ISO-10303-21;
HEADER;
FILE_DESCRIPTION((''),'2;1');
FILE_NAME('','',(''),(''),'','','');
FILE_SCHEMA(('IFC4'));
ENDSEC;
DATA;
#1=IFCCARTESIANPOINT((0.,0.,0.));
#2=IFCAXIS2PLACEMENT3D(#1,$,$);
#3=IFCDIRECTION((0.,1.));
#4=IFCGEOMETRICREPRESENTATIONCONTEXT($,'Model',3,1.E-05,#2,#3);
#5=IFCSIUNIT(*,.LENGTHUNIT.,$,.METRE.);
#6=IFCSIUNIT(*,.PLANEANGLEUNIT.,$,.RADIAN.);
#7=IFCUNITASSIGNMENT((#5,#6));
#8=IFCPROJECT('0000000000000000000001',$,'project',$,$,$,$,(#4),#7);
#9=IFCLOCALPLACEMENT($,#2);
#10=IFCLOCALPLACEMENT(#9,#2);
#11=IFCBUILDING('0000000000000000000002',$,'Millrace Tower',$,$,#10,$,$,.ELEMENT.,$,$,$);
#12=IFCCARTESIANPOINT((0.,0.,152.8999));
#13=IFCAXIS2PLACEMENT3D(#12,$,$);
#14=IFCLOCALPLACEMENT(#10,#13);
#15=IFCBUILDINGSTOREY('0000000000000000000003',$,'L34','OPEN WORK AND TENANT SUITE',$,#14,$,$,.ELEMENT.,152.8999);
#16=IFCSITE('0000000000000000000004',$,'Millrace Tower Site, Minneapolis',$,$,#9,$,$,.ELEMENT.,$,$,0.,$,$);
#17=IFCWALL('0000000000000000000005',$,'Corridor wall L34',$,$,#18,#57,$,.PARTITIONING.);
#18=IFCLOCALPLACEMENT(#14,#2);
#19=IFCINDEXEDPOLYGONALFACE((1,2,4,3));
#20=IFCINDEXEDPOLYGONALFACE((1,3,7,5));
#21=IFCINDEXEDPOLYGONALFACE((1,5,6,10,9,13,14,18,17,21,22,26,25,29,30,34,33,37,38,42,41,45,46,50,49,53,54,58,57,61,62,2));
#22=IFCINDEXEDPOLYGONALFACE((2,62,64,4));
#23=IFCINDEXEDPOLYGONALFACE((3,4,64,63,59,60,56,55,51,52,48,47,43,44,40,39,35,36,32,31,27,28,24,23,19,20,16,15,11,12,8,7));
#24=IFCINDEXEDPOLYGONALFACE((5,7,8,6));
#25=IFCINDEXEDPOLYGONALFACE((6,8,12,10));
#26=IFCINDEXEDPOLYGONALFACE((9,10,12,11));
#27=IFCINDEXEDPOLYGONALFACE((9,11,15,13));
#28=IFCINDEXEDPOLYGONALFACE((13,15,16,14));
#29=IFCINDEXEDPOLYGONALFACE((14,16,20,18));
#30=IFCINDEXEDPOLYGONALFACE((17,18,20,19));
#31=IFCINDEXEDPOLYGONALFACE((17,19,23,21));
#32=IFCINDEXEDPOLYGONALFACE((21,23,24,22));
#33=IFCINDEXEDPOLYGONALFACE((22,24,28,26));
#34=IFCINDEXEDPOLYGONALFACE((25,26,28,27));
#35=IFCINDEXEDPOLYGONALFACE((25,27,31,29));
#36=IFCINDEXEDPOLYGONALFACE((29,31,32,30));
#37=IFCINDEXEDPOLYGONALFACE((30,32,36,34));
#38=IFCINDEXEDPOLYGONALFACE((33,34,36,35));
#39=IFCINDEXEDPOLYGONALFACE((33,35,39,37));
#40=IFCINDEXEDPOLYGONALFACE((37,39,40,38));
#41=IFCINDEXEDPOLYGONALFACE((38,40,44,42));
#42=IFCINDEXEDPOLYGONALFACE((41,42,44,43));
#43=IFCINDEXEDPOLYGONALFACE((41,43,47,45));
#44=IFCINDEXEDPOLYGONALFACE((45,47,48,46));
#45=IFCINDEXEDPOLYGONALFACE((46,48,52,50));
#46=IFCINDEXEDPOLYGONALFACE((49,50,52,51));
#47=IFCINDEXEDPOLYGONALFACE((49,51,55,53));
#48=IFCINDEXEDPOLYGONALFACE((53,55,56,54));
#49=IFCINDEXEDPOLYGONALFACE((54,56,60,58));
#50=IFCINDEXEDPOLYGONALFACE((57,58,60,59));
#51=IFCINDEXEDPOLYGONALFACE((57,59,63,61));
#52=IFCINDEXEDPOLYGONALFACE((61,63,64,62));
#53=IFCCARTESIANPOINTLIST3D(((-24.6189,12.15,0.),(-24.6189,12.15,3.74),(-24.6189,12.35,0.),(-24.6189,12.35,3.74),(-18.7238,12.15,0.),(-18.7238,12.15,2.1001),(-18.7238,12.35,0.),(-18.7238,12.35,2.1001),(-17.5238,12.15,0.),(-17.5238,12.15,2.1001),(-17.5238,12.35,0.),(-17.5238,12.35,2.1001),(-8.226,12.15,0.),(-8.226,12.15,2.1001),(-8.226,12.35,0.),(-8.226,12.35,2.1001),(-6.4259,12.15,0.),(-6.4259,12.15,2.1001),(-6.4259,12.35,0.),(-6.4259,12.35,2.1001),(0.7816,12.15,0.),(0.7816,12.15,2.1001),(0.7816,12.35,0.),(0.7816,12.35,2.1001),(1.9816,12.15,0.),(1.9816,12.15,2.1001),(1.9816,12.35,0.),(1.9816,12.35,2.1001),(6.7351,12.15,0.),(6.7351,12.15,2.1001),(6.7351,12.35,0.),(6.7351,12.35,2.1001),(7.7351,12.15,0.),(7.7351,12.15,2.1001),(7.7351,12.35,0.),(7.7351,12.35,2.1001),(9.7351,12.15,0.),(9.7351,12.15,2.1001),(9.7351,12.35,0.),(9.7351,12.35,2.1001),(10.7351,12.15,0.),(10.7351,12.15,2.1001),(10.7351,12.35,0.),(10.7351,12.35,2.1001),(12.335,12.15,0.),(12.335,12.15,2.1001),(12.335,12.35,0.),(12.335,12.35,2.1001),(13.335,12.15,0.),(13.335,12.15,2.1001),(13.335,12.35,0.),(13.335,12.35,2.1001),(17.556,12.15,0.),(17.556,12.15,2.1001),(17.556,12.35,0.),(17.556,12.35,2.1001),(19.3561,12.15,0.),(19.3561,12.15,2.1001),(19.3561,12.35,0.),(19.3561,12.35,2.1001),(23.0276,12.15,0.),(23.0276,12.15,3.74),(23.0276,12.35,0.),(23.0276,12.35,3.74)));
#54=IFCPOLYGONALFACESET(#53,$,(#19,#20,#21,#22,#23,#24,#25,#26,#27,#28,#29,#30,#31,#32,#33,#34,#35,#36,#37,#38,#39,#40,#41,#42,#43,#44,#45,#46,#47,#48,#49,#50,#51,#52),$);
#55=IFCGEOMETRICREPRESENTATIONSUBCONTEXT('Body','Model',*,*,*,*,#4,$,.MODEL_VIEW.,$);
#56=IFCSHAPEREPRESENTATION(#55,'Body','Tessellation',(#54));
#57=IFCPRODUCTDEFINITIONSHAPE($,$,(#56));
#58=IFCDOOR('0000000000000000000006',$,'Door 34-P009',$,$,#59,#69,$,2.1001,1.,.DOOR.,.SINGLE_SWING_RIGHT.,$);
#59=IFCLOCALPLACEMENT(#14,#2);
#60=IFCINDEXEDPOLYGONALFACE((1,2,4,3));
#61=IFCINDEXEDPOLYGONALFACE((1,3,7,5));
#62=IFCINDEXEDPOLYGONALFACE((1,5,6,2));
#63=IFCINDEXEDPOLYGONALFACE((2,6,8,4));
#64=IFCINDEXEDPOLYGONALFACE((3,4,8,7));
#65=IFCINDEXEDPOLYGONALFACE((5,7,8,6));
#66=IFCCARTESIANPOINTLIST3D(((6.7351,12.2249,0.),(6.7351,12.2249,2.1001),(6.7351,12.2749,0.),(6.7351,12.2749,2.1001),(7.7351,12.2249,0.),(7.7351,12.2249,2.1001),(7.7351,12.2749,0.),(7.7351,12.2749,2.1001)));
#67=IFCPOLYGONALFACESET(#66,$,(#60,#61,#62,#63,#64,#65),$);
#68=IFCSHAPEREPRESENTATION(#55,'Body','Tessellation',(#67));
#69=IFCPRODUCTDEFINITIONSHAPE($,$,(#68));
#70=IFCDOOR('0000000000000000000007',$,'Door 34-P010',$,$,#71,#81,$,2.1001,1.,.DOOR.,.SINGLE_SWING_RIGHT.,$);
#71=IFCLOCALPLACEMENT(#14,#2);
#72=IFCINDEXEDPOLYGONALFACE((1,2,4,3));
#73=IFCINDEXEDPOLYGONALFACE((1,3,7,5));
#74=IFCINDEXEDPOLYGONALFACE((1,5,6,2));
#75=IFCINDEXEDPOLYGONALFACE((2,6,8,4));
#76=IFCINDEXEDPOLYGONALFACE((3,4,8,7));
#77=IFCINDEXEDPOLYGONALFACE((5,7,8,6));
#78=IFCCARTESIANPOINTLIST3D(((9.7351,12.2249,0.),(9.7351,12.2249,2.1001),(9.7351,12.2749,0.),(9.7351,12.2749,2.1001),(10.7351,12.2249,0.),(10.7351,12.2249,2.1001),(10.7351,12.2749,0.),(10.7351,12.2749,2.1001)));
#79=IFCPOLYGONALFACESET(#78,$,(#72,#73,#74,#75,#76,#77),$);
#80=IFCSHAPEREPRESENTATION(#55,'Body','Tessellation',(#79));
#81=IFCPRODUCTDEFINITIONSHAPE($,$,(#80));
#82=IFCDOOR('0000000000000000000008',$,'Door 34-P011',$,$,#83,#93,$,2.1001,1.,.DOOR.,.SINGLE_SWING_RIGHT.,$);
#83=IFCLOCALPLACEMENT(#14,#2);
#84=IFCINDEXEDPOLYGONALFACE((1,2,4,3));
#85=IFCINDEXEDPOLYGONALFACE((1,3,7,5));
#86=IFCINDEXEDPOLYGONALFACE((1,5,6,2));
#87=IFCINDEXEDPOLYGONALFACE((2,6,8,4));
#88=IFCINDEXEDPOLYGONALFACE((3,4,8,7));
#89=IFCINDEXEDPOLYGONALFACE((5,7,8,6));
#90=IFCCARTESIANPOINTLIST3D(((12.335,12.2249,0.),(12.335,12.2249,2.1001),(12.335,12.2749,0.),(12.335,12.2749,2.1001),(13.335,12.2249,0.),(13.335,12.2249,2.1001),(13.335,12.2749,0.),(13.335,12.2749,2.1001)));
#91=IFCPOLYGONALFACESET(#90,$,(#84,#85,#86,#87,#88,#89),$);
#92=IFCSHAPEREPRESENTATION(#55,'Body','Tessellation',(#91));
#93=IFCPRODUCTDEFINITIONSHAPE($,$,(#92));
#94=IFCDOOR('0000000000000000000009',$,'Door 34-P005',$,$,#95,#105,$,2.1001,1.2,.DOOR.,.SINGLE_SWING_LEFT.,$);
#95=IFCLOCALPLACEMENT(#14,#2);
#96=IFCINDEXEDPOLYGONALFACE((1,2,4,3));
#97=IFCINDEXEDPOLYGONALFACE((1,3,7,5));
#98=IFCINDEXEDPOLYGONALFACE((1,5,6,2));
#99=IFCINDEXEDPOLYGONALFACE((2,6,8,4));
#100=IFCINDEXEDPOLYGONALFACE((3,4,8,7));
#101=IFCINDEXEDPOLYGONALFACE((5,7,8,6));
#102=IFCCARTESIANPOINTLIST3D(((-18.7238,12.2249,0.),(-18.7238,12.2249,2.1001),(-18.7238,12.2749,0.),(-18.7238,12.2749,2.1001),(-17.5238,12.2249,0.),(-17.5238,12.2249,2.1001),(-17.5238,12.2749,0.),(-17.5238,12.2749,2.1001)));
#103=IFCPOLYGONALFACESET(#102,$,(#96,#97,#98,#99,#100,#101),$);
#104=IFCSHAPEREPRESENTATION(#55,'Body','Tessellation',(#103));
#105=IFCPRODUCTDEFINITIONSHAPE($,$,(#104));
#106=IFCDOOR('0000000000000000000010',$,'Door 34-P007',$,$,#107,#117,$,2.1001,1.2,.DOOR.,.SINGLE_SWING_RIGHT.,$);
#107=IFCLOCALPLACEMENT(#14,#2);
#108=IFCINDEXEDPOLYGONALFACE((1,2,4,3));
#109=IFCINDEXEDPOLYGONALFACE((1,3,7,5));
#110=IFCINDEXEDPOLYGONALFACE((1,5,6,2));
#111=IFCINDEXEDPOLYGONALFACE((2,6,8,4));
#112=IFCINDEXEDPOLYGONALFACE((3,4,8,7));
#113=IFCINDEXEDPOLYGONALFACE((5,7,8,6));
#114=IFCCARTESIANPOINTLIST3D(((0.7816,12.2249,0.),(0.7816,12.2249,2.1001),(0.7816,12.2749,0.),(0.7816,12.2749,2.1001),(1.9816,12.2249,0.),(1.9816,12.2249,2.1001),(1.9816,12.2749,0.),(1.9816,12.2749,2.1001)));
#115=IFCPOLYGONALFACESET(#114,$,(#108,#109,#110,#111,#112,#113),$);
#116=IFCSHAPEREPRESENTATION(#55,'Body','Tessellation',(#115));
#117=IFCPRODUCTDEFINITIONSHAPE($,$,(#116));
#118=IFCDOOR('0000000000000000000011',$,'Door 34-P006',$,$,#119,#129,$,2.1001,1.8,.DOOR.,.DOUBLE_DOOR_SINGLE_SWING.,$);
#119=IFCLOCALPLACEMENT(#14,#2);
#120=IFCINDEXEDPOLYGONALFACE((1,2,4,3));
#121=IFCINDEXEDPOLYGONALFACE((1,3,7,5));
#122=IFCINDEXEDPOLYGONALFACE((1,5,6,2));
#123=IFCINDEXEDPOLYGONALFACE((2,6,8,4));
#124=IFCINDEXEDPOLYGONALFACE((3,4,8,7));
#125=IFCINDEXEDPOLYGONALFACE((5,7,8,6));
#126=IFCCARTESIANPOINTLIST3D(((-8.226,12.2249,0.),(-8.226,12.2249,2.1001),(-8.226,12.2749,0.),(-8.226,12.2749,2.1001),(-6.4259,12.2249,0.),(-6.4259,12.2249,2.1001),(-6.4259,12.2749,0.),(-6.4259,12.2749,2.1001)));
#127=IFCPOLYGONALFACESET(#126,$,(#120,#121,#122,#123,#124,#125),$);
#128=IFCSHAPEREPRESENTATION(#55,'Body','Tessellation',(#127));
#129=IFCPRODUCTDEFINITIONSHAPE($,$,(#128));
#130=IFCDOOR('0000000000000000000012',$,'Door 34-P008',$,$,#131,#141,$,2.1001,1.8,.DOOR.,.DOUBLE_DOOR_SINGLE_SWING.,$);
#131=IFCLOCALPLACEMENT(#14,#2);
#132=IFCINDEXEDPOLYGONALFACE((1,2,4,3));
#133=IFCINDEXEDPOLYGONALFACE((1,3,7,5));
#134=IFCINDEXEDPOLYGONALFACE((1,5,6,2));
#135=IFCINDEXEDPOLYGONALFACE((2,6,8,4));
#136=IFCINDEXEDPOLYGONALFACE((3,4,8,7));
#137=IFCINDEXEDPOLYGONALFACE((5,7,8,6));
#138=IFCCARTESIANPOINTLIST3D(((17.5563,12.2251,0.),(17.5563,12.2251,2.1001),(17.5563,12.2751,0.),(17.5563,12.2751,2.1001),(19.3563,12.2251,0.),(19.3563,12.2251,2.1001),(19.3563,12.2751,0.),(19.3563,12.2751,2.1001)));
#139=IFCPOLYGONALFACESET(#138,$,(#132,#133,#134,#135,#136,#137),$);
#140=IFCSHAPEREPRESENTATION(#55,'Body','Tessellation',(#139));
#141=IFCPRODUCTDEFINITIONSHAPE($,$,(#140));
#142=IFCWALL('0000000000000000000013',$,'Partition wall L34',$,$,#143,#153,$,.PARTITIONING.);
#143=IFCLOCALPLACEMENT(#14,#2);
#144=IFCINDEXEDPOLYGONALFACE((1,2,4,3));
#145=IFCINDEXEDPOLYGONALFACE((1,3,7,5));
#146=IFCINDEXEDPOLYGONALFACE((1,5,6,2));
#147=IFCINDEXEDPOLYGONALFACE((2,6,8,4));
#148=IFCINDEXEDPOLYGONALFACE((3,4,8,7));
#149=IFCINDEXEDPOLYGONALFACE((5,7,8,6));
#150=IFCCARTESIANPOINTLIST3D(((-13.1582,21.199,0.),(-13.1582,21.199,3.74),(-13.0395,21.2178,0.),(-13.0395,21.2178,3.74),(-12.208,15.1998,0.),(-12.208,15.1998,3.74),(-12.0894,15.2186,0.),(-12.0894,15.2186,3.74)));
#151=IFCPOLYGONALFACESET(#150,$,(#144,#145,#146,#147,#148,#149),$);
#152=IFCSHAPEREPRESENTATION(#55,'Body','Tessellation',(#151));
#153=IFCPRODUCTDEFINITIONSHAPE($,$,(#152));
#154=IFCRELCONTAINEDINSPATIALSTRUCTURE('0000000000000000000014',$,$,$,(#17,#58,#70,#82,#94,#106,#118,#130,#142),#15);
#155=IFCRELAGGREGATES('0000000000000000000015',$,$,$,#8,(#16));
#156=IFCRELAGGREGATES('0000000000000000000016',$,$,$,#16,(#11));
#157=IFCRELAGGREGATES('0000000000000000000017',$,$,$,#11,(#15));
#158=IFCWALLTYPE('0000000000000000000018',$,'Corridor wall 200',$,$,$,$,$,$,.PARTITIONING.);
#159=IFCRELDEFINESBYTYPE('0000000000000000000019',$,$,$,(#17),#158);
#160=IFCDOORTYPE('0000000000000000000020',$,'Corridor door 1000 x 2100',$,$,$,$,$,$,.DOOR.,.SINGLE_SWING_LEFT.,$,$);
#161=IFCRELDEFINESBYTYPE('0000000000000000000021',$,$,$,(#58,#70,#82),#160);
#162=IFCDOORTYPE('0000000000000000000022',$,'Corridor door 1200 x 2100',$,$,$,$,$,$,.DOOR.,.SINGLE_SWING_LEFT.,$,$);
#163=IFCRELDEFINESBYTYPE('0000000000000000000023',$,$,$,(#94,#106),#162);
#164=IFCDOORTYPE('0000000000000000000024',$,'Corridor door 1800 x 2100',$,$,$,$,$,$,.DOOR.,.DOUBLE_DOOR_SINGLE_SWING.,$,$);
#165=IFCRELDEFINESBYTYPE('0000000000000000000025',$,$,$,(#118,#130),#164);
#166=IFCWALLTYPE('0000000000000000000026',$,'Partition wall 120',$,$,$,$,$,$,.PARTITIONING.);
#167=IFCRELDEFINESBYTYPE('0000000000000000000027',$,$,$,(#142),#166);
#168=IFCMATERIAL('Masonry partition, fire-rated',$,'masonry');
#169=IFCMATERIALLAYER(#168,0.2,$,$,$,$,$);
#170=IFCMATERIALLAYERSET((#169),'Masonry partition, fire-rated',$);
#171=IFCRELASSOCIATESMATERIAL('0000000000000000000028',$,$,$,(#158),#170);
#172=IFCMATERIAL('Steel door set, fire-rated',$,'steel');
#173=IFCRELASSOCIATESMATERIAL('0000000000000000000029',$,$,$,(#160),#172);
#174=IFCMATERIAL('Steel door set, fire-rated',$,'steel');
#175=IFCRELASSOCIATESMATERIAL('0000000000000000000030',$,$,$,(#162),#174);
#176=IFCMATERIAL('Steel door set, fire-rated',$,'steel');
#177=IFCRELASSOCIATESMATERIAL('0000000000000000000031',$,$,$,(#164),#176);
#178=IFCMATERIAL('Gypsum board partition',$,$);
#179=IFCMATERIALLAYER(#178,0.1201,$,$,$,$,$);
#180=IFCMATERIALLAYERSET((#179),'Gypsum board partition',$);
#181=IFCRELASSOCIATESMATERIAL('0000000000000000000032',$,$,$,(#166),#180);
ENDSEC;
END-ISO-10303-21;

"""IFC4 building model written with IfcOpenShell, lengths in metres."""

from ifc_helpers import new_model, si_unit, direction, frame, frame_2d, origin, place, context, subcontext, project, spatial, rectangle, extrude, material, layer, layer_set, type_object, element, fill, save


model = new_model("IFC4")

# Units and contexts
model_context = context("Model", 3, precision=1e-05, world=origin(), true_north=direction((0.0, 1.0)))
body_context = subcontext(model_context, "Body", "Model", "MODEL_VIEW")
ifc_project = project(units=[si_unit("LENGTHUNIT", "METRE"), si_unit("PLANEANGLEUNIT", "RADIAN")], contexts=[model_context])

# Site, building, storey
site_placement = place(None, origin())
site = spatial("IfcSite", under=ifc_project, at=site_placement, Name="Millrace Tower Site, Minneapolis", CompositionType="ELEMENT", RefElevation=0.0)
building_placement = place(site_placement, origin())
building = spatial("IfcBuilding", under=site, at=building_placement, Name="Millrace Tower", CompositionType="ELEMENT")
storey_placement = place(building_placement, frame((0.0, 0.0, 152.8999)))
storey = spatial("IfcBuildingStorey", under=building, at=storey_placement, Name="L34", Description="OPEN WORK AND TENANT SUITE", CompositionType="ELEMENT", Elevation=152.8999)

# Wall, openings, doors
ifc_material_1 = material(Name="Masonry partition, fire-rated", Category="masonry")
ifc_layer_1 = layer(ifc_material_1, 0.2)
ifc_layer_set_1 = layer_set([ifc_layer_1], Name="Masonry partition, fire-rated")
wall_type_1 = type_object("IfcWallType", Name="Corridor wall 200", PredefinedType="PARTITIONING", material=ifc_layer_set_1)
wall_1_placement = place(storey_placement, frame((-24.6189, 12.25, 0.0), z_axis=(0.0, 0.0, 1.0), x_axis=(1.0, 0.0, 0.0)))
wall_1 = element("IfcWall", 1, at=wall_1_placement, inside=storey, type_object=wall_type_1, Name="Corridor wall L34", PredefinedType="PARTITIONING", context=body_context, shape_type="SweptSolid", body=[
    extrude(rectangle(XDim=47.6465, YDim=0.2, at=frame_2d((23.8232, 0.0))), origin(), (0.0, 0.0, 1.0), 3.74),
])
opening_1_placement = place(wall_1_placement, frame((5.895, 0.0, 0.0)))
opening_1 = element("IfcOpeningElement", 2, at=opening_1_placement, cuts=wall_1, PredefinedType="OPENING", context=body_context, shape_type="SweptSolid", body=[
    extrude(rectangle(XDim=1.2, YDim=2.1001, at=frame_2d((0.6001, 1.05))), frame((0.0, 0.1099, 0.0), z_axis=(0.0, -1.0, 0.0), x_axis=(1.0, 0.0, 0.0)), (0.0, 0.0, 1.0), 0.22),
])
opening_2_placement = place(wall_1_placement, frame((16.3931, 0.0, 0.0)))
opening_2 = element("IfcOpeningElement", 3, at=opening_2_placement, cuts=wall_1, PredefinedType="OPENING", context=body_context, shape_type="SweptSolid", body=[
    extrude(rectangle(XDim=1.8, YDim=2.1001, at=frame_2d((0.8999, 1.05))), frame((0.0, 0.1099, 0.0), z_axis=(0.0, -1.0, 0.0), x_axis=(1.0, 0.0, 0.0)), (0.0, 0.0, 1.0), 0.22),
])
opening_3_placement = place(wall_1_placement, frame((25.4004, 0.0, 0.0)))
opening_3 = element("IfcOpeningElement", 4, at=opening_3_placement, cuts=wall_1, PredefinedType="OPENING", context=body_context, shape_type="SweptSolid", body=[
    extrude(rectangle(XDim=1.2, YDim=2.1001, at=frame_2d((0.6001, 1.05))), frame((0.0, 0.1099, 0.0), z_axis=(0.0, -1.0, 0.0), x_axis=(1.0, 0.0, 0.0)), (0.0, 0.0, 1.0), 0.22),
])
opening_4_placement = place(wall_1_placement, frame((42.175, 0.0, 0.0)))
opening_4 = element("IfcOpeningElement", 5, at=opening_4_placement, cuts=wall_1, PredefinedType="OPENING", context=body_context, shape_type="SweptSolid", body=[
    extrude(rectangle(XDim=1.8, YDim=2.1001, at=frame_2d((0.8999, 1.05))), frame((0.0, 0.1099, 0.0), z_axis=(0.0, -1.0, 0.0), x_axis=(1.0, 0.0, 0.0)), (0.0, 0.0, 1.0), 0.22),
])
opening_5_placement = place(wall_1_placement, frame((31.354, 0.0, 0.0)))
opening_5 = element("IfcOpeningElement", 6, at=opening_5_placement, cuts=wall_1, PredefinedType="OPENING", context=body_context, shape_type="SweptSolid", body=[
    extrude(rectangle(XDim=1.0, YDim=2.1001, at=frame_2d((0.5, 1.05))), frame((0.0, 0.1099, 0.0), z_axis=(0.0, -1.0, 0.0), x_axis=(1.0, 0.0, 0.0)), (0.0, 0.0, 1.0), 0.22),
])
opening_6_placement = place(wall_1_placement, frame((34.354, 0.0, 0.0)))
opening_6 = element("IfcOpeningElement", 7, at=opening_6_placement, cuts=wall_1, PredefinedType="OPENING", context=body_context, shape_type="SweptSolid", body=[
    extrude(rectangle(XDim=1.0, YDim=2.1001, at=frame_2d((0.5, 1.05))), frame((0.0, 0.1099, 0.0), z_axis=(0.0, -1.0, 0.0), x_axis=(1.0, 0.0, 0.0)), (0.0, 0.0, 1.0), 0.22),
])
opening_7_placement = place(wall_1_placement, frame((36.9539, 0.0, 0.0)))
opening_7 = element("IfcOpeningElement", 8, at=opening_7_placement, cuts=wall_1, PredefinedType="OPENING", context=body_context, shape_type="SweptSolid", body=[
    extrude(rectangle(XDim=1.0, YDim=2.1001, at=frame_2d((0.5, 1.05))), frame((0.0, 0.1099, 0.0), z_axis=(0.0, -1.0, 0.0), x_axis=(1.0, 0.0, 0.0)), (0.0, 0.0, 1.0), 0.22),
])
ifc_material_2 = material(Name="Steel door set, fire-rated", Category="steel")
door_type_1 = type_object("IfcDoorType", Name="Corridor door 1000 x 2100", OperationType="SINGLE_SWING_LEFT", PredefinedType="DOOR", material=ifc_material_2)
door_1_placement = place(opening_5_placement, origin())
door_1 = element("IfcDoor", 9, at=door_1_placement, inside=storey, type_object=door_type_1, Name="Door 34-P009", OperationType="SINGLE_SWING_RIGHT", OverallHeight=2.1001, OverallWidth=1.0, PredefinedType="DOOR", context=body_context, shape_type="SweptSolid", body=[
    extrude(rectangle(XDim=1.0, YDim=2.1001, at=frame_2d((0.5, 1.05))), frame((0.0, 0.0249, 0.0), z_axis=(0.0, -1.0, 0.0), x_axis=(1.0, 0.0, 0.0)), (0.0, 0.0, 1.0), 0.05),
])
fill(opening_5, door_1)
door_2_placement = place(opening_6_placement, origin())
door_2 = element("IfcDoor", 10, at=door_2_placement, inside=storey, type_object=door_type_1, Name="Door 34-P010", OperationType="SINGLE_SWING_RIGHT", OverallHeight=2.1001, OverallWidth=1.0, PredefinedType="DOOR", context=body_context, shape_type="SweptSolid", body=[
    extrude(rectangle(XDim=1.0, YDim=2.1001, at=frame_2d((0.5, 1.05))), frame((0.0, 0.0249, 0.0), z_axis=(0.0, -1.0, 0.0), x_axis=(1.0, 0.0, 0.0)), (0.0, 0.0, 1.0), 0.05),
])
fill(opening_6, door_2)
door_3_placement = place(opening_7_placement, origin())
door_3 = element("IfcDoor", 11, at=door_3_placement, inside=storey, type_object=door_type_1, Name="Door 34-P011", OperationType="SINGLE_SWING_RIGHT", OverallHeight=2.1001, OverallWidth=1.0, PredefinedType="DOOR", context=body_context, shape_type="SweptSolid", body=[
    extrude(rectangle(XDim=1.0, YDim=2.1001, at=frame_2d((0.5, 1.05))), frame((0.0, 0.0249, 0.0), z_axis=(0.0, -1.0, 0.0), x_axis=(1.0, 0.0, 0.0)), (0.0, 0.0, 1.0), 0.05),
])
fill(opening_7, door_3)
ifc_material_3 = material(Name="Steel door set, fire-rated", Category="steel")
door_type_2 = type_object("IfcDoorType", Name="Corridor door 1200 x 2100", OperationType="SINGLE_SWING_LEFT", PredefinedType="DOOR", material=ifc_material_3)
door_4_placement = place(opening_1_placement, origin())
door_4 = element("IfcDoor", 12, at=door_4_placement, inside=storey, type_object=door_type_2, Name="Door 34-P005", OperationType="SINGLE_SWING_LEFT", OverallHeight=2.1001, OverallWidth=1.2, PredefinedType="DOOR", context=body_context, shape_type="SweptSolid", body=[
    extrude(rectangle(XDim=1.2, YDim=2.1001, at=frame_2d((0.6001, 1.05))), frame((0.0, 0.0249, 0.0), z_axis=(0.0, -1.0, 0.0), x_axis=(1.0, 0.0, 0.0)), (0.0, 0.0, 1.0), 0.05),
])
fill(opening_1, door_4)
door_5_placement = place(opening_3_placement, origin())
door_5 = element("IfcDoor", 13, at=door_5_placement, inside=storey, type_object=door_type_2, Name="Door 34-P007", OperationType="SINGLE_SWING_RIGHT", OverallHeight=2.1001, OverallWidth=1.2, PredefinedType="DOOR", context=body_context, shape_type="SweptSolid", body=[
    extrude(rectangle(XDim=1.2, YDim=2.1001, at=frame_2d((0.6001, 1.05))), frame((0.0, 0.0249, 0.0), z_axis=(0.0, -1.0, 0.0), x_axis=(1.0, 0.0, 0.0)), (0.0, 0.0, 1.0), 0.05),
])
fill(opening_3, door_5)
ifc_material_4 = material(Name="Steel door set, fire-rated", Category="steel")
door_type_3 = type_object("IfcDoorType", Name="Corridor door 1800 x 2100", OperationType="DOUBLE_DOOR_SINGLE_SWING", PredefinedType="DOOR", material=ifc_material_4)
door_6_placement = place(opening_2_placement, origin())
door_6 = element("IfcDoor", 14, at=door_6_placement, inside=storey, type_object=door_type_3, Name="Door 34-P006", OperationType="DOUBLE_DOOR_SINGLE_SWING", OverallHeight=2.1001, OverallWidth=1.8, PredefinedType="DOOR", context=body_context, shape_type="SweptSolid", body=[
    extrude(rectangle(XDim=1.8, YDim=2.1001, at=frame_2d((0.8999, 1.05))), frame((0.0, 0.0249, 0.0), z_axis=(0.0, -1.0, 0.0), x_axis=(1.0, 0.0, 0.0)), (0.0, 0.0, 1.0), 0.05),
])
fill(opening_2, door_6)
door_7_placement = place(opening_4_placement, frame((1.8, 0.0, 0.0), z_axis=(0.0, 0.0, 1.0), x_axis=(-1.0, 0.0, 0.0)))
door_7 = element("IfcDoor", 15, at=door_7_placement, inside=storey, type_object=door_type_3, Name="Door 34-P008", OperationType="DOUBLE_DOOR_SINGLE_SWING", OverallHeight=2.1001, OverallWidth=1.8, PredefinedType="DOOR", context=body_context, shape_type="SweptSolid", body=[
    extrude(rectangle(XDim=1.8, YDim=2.1001, at=frame_2d((0.8999, 1.05))), frame((0.0, 0.0249, 0.0), z_axis=(0.0, -1.0, 0.0), x_axis=(1.0, 0.0, 0.0)), (0.0, 0.0, 1.0), 0.05),
])
fill(opening_4, door_7)

# Wall
ifc_material_5 = material(Name="Gypsum board partition")
ifc_layer_2 = layer(ifc_material_5, 0.1201)
ifc_layer_set_2 = layer_set([ifc_layer_2], Name="Gypsum board partition")
wall_type_2 = type_object("IfcWallType", Name="Partition wall 120", PredefinedType="PARTITIONING", material=ifc_layer_set_2)
wall_2_placement = place(storey_placement, frame((-13.0989, 21.2085, 0.0), z_axis=(0.0, 0.0, 1.0), x_axis=(0.156435, -0.987688, 0.0)))
element("IfcWall", 16, at=wall_2_placement, inside=storey, type_object=wall_type_2, Name="Partition wall L34", PredefinedType="PARTITIONING", context=body_context, shape_type="SweptSolid", body=[
    extrude(rectangle(XDim=6.074, YDim=0.1201, at=frame_2d((3.0371, 0.0))), origin(), (0.0, 0.0, 1.0), 3.74),
])

save(model, "model.ifc")
